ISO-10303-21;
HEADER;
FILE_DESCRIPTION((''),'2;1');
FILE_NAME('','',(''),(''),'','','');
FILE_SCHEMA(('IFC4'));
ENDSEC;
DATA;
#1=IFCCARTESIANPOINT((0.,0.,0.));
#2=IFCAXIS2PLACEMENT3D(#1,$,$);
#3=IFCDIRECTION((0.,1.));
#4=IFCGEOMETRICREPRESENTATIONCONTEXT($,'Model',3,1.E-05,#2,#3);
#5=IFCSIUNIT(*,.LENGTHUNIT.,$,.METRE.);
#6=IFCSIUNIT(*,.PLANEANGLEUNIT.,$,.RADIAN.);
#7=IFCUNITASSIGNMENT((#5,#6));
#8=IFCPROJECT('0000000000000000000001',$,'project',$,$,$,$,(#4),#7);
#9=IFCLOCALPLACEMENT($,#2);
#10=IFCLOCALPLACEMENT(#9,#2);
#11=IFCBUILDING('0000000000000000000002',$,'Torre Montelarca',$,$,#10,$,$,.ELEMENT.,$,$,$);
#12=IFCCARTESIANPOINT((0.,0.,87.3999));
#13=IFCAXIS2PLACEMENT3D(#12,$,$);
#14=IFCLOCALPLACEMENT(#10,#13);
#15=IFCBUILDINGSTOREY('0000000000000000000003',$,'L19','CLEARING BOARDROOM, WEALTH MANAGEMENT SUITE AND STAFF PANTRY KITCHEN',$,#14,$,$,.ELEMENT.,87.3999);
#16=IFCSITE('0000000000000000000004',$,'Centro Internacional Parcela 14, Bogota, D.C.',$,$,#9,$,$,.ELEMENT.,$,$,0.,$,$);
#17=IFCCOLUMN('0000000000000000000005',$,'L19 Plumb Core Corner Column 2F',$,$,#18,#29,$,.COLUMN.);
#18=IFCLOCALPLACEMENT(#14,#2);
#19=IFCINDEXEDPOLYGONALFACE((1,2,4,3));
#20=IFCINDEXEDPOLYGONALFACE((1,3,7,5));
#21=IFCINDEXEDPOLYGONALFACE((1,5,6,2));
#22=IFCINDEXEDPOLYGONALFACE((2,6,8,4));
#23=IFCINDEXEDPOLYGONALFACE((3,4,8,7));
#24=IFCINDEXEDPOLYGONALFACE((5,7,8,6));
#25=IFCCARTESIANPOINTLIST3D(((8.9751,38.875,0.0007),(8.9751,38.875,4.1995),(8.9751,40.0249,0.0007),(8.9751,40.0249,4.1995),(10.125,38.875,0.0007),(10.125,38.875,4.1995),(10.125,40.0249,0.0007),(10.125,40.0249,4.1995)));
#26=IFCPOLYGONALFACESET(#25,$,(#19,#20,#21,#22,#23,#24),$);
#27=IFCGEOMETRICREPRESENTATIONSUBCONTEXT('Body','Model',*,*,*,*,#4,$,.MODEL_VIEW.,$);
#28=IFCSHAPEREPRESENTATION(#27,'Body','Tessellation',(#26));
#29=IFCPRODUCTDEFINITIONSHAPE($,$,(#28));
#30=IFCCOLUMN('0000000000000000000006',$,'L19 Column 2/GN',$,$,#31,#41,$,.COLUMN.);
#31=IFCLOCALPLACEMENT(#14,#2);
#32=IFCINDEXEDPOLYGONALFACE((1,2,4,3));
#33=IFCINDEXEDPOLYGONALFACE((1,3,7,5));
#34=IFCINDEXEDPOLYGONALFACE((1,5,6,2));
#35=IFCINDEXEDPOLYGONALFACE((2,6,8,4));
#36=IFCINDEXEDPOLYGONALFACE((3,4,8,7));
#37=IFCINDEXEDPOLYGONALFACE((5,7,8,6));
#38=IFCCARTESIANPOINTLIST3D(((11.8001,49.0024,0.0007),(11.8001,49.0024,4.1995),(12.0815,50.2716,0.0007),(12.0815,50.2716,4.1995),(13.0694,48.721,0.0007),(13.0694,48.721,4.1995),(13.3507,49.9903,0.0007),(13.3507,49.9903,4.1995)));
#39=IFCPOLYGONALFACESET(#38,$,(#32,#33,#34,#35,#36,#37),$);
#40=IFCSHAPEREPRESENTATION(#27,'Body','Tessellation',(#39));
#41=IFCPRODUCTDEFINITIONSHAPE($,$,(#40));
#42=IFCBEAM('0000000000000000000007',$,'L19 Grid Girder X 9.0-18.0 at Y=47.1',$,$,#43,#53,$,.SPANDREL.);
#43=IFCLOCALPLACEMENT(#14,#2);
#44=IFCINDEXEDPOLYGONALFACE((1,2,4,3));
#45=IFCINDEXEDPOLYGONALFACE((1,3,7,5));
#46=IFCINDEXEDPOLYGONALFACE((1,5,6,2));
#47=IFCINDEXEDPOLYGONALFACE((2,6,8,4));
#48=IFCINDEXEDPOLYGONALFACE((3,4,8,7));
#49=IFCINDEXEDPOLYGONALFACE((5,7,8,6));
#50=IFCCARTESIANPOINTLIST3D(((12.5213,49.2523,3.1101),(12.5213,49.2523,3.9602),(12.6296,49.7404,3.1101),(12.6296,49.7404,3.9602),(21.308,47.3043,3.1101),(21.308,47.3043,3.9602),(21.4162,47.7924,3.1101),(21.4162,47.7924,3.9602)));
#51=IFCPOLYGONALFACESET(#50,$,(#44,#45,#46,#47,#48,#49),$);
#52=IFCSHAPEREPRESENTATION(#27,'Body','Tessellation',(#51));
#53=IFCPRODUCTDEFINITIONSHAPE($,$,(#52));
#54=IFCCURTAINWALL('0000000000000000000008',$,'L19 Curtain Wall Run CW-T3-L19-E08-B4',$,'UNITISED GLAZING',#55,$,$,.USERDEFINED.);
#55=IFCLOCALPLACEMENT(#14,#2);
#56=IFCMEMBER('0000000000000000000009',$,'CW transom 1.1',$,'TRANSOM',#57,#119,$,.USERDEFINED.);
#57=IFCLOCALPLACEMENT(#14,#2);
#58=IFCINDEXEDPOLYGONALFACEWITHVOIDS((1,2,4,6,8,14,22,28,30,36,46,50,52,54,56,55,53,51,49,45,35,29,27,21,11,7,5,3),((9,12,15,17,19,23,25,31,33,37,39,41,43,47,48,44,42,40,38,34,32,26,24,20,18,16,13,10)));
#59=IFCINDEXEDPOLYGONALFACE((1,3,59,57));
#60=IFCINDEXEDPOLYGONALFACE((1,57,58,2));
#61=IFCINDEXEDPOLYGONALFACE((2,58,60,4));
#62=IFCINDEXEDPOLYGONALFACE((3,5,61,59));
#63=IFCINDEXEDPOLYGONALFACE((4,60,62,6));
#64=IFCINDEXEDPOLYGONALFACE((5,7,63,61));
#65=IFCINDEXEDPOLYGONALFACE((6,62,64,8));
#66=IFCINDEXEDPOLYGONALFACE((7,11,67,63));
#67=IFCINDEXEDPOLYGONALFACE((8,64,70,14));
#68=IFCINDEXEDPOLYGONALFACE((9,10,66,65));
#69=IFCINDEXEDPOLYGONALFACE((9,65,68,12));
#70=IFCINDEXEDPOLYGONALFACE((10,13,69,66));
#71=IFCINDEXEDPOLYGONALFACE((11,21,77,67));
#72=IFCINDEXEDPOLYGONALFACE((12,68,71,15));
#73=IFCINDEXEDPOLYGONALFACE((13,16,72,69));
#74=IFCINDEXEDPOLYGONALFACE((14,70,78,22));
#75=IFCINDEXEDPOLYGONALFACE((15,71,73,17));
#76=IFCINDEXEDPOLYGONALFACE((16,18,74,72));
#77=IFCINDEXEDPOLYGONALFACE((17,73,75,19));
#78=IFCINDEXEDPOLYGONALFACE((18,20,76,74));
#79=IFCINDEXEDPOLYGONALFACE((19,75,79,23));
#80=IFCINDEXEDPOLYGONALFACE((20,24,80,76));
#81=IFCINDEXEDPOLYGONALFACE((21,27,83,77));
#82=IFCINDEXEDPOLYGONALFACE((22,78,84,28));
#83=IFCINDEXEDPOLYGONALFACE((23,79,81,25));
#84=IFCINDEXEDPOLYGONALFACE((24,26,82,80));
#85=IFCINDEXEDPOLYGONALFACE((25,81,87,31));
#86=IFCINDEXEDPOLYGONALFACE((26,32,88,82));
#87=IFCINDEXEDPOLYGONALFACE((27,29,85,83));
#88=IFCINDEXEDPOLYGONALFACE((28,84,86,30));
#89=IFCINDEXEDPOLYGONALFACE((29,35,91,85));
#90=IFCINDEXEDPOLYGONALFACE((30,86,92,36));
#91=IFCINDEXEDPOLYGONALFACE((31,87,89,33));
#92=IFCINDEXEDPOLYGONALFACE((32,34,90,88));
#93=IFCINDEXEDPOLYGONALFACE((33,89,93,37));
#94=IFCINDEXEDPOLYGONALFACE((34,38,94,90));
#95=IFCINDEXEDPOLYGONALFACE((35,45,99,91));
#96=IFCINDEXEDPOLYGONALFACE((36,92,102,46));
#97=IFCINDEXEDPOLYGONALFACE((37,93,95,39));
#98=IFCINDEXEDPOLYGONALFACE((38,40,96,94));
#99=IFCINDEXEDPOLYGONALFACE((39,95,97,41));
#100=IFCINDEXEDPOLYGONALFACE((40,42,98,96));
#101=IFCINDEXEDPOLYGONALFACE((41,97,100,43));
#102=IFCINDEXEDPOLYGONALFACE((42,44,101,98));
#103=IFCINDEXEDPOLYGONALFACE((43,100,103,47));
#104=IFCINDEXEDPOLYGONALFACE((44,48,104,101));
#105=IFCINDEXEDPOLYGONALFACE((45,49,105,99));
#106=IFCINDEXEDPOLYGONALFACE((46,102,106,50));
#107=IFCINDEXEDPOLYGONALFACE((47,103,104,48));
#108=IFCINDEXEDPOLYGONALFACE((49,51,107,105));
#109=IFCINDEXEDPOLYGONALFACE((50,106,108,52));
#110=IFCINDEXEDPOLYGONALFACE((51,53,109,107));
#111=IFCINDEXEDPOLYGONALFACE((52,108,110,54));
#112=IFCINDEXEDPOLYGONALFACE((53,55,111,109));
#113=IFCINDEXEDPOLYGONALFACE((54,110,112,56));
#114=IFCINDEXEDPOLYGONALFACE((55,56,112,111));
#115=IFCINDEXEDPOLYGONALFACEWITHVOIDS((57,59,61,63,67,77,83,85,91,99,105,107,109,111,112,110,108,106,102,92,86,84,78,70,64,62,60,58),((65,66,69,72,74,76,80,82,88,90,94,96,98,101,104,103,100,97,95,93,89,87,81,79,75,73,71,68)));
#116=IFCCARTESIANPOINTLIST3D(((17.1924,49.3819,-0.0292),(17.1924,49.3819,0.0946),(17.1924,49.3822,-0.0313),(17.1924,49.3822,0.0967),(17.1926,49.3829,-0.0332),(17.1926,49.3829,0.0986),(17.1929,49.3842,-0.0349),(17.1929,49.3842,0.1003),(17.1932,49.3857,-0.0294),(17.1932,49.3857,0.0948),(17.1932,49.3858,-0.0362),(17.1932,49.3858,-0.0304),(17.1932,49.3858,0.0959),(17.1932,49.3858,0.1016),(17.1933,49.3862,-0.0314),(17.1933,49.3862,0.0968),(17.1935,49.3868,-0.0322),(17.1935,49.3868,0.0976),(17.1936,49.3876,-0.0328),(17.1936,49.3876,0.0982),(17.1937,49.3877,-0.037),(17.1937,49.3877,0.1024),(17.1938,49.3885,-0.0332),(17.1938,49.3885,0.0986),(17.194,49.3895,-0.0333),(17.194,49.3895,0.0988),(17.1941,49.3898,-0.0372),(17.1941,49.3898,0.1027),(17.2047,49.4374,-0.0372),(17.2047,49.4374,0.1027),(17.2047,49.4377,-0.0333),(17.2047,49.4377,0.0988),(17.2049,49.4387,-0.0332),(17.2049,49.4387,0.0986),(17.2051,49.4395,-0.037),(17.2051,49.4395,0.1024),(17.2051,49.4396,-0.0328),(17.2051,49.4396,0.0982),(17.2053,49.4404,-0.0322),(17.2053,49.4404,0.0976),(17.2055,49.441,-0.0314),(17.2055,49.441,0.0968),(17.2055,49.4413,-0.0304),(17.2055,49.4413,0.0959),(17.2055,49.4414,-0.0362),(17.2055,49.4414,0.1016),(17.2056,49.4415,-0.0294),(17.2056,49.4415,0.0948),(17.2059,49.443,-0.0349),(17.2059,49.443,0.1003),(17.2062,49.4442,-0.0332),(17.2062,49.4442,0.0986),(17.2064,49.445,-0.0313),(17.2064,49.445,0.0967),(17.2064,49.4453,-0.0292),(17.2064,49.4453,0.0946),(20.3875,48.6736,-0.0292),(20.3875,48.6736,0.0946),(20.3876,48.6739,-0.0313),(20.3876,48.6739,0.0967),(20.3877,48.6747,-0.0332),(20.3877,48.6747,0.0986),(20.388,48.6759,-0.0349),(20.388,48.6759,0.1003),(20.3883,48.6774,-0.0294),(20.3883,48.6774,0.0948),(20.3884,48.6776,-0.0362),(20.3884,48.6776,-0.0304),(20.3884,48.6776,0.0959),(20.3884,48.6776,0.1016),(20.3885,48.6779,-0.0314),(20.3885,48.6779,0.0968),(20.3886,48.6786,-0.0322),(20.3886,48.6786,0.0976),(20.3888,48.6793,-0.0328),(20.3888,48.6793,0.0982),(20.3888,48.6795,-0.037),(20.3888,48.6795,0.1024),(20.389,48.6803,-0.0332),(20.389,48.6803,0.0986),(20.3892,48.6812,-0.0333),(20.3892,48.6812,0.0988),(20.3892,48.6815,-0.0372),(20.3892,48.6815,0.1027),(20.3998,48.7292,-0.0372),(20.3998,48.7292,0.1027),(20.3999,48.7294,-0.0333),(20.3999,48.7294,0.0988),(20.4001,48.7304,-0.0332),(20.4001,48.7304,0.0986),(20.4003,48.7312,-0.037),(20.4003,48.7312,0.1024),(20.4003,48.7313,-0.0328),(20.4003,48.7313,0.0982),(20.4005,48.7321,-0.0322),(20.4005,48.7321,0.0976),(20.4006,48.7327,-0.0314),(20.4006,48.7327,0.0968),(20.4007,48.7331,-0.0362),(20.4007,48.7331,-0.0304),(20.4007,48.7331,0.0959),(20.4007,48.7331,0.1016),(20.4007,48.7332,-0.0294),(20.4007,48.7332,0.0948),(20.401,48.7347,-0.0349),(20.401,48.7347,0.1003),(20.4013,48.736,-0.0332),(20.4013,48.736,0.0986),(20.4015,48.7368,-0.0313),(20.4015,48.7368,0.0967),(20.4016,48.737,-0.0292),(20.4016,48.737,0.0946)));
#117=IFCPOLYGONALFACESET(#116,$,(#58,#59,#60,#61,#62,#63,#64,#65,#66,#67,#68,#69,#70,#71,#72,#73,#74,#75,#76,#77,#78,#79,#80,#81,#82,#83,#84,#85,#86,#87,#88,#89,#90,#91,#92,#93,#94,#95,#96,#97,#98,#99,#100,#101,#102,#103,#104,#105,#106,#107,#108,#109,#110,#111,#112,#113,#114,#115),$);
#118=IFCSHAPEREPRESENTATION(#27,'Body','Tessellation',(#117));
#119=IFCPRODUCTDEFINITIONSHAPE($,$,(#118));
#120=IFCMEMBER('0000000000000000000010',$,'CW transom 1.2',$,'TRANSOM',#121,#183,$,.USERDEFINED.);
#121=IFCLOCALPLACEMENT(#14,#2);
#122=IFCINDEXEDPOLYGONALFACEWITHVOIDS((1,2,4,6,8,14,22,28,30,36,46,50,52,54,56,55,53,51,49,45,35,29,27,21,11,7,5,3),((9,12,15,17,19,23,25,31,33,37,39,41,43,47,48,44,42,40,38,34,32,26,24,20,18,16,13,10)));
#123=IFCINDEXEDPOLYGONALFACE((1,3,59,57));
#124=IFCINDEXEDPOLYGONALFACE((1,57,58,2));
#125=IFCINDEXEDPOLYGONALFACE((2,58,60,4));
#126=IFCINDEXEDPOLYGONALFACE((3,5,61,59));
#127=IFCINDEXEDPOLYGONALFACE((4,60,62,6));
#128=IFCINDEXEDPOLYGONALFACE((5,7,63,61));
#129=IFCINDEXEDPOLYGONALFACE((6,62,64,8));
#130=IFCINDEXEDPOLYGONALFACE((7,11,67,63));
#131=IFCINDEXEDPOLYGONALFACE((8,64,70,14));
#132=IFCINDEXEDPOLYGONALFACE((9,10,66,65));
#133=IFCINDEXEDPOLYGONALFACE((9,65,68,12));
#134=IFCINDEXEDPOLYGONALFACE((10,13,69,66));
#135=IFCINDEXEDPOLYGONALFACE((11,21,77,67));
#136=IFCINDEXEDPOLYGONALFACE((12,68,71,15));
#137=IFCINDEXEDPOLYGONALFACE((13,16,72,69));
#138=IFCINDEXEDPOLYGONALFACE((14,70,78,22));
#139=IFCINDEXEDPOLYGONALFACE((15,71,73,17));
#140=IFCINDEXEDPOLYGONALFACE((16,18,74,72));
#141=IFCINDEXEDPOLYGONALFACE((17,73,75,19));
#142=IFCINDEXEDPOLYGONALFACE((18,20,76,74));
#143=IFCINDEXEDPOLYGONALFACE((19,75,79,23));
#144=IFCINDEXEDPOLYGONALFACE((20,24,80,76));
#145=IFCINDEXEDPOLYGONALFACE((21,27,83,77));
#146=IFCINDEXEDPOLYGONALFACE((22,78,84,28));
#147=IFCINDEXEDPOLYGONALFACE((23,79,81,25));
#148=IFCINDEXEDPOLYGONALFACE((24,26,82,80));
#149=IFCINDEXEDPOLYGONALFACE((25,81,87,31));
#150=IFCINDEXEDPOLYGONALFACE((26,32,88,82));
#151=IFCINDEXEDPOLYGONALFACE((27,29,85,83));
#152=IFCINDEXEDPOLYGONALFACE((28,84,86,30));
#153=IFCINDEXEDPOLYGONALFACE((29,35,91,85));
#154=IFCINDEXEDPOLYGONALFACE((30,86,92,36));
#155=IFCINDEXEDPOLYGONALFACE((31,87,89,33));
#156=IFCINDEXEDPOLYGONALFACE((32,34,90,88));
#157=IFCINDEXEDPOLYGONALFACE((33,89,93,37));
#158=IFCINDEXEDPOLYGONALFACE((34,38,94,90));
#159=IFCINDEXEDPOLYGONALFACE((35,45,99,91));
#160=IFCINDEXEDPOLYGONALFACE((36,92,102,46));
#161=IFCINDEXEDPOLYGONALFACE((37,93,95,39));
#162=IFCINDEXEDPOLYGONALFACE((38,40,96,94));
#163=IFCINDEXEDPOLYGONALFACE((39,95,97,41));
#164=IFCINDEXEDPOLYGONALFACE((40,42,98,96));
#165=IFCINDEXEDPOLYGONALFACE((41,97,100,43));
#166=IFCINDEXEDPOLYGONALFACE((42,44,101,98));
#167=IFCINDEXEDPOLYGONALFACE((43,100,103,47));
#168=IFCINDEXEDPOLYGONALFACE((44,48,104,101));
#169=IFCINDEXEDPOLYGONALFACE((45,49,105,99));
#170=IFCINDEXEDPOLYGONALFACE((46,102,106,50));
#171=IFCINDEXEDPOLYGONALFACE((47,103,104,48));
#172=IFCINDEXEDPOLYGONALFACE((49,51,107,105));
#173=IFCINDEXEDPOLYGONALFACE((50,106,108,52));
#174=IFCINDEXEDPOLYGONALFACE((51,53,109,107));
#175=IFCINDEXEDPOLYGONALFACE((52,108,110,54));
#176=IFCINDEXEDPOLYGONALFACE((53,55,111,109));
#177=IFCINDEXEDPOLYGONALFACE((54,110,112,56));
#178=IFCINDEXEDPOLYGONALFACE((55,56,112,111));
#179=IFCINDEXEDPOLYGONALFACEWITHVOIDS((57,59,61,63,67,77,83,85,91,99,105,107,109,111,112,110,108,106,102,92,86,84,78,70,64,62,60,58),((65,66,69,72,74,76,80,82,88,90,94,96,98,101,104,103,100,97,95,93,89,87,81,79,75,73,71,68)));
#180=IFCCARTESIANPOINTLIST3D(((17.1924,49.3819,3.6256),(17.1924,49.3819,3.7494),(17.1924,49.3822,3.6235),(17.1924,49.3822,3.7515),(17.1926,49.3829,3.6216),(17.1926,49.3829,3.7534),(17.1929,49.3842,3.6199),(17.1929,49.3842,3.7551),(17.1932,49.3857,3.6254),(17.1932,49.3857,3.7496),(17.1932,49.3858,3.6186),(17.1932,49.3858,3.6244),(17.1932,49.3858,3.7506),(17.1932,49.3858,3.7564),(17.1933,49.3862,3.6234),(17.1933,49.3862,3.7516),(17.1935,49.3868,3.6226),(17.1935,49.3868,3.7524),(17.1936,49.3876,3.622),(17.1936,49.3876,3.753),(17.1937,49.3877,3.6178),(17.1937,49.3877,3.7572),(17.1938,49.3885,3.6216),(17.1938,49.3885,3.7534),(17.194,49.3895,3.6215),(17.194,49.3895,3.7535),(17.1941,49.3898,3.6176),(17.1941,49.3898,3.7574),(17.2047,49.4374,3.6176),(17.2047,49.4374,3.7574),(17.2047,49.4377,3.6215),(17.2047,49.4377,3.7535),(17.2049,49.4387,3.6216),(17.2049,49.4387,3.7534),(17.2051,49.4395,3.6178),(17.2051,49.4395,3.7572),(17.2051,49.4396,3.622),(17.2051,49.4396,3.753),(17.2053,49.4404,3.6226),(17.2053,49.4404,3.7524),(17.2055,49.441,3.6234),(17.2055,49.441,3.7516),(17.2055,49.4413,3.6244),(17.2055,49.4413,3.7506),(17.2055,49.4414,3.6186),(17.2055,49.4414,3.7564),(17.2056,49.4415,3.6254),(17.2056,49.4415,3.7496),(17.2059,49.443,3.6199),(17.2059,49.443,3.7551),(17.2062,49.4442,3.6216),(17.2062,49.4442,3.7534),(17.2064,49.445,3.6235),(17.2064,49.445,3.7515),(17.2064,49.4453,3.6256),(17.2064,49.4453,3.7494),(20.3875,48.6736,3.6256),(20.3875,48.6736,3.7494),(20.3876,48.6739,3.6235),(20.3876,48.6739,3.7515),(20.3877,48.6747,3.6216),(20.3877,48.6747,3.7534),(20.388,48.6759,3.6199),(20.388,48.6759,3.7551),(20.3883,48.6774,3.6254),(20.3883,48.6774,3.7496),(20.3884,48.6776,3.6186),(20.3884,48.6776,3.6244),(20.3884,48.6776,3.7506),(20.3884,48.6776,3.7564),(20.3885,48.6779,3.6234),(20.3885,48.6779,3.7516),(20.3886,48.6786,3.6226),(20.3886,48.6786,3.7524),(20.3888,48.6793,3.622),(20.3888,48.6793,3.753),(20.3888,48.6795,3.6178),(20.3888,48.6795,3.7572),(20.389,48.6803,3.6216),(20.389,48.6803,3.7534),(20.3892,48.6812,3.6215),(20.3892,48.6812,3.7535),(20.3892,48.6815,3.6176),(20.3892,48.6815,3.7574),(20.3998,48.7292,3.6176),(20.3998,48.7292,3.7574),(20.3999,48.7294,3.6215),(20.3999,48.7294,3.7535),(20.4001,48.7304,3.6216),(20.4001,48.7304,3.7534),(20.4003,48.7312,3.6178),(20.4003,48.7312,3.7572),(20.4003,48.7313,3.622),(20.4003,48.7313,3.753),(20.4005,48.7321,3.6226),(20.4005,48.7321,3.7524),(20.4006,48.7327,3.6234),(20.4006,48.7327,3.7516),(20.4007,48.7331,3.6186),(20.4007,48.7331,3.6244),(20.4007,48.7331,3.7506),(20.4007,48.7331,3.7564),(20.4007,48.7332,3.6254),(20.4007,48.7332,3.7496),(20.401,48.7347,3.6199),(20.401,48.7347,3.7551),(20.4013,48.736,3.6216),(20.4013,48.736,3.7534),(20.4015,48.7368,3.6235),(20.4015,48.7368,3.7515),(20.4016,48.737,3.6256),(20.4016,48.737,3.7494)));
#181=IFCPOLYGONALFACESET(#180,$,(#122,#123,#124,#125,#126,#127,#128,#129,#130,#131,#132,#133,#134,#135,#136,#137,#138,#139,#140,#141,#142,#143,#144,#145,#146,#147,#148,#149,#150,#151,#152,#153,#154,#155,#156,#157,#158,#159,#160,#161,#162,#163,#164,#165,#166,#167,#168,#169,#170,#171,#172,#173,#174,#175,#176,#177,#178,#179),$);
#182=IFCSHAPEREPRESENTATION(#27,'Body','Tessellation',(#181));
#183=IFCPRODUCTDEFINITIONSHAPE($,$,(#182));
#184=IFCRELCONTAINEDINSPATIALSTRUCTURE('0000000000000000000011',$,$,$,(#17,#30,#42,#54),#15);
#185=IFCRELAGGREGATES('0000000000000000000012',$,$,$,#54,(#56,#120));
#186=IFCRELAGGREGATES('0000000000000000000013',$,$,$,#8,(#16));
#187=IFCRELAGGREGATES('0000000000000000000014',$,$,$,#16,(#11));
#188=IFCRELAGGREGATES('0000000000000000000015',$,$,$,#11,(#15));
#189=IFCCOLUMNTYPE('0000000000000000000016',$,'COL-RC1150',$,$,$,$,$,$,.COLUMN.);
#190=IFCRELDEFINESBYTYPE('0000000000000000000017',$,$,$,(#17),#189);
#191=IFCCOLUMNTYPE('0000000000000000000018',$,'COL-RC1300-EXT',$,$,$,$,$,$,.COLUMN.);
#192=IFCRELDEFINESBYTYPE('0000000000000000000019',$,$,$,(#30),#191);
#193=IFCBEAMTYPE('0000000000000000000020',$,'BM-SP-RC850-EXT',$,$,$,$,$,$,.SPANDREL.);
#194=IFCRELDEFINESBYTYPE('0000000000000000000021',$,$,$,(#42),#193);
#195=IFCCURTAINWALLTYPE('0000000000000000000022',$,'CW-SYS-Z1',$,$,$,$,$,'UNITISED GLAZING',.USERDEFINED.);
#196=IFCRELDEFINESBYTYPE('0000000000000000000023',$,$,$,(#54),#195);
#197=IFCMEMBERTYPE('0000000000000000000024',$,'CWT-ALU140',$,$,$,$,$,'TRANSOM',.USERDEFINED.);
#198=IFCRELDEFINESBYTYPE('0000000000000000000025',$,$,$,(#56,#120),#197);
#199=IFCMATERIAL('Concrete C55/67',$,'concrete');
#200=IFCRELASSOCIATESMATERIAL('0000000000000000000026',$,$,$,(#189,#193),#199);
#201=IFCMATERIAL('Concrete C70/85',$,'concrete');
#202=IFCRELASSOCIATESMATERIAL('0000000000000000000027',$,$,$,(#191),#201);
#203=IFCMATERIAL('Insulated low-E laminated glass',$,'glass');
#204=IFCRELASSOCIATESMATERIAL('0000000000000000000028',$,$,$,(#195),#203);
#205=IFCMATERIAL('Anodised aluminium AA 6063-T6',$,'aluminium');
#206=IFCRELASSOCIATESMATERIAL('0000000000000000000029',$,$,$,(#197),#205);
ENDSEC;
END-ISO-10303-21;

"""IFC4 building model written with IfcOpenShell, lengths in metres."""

from ifc_helpers import new_model, si_unit, direction, frame, origin, origin_2d, place, context, subcontext, project, spatial, rectangle, hollow_rectangle, extrude, source, transform, mapped, material, material_profile, profile_set, type_object, element, aggregate, save


model = new_model("IFC4")

# Units and contexts
model_context = context("Model", 3, precision=1e-05, world=origin(), true_north=direction((0.0, 1.0)))
body_context = subcontext(model_context, "Body", "Model", "MODEL_VIEW")
ifc_project = project(units=[si_unit("LENGTHUNIT", "METRE"), si_unit("PLANEANGLEUNIT", "RADIAN")], contexts=[model_context])

# Site, building, storey
site_placement = place(None, origin())
site = spatial("IfcSite", under=ifc_project, at=site_placement, Name="Centro Internacional Parcela 14, Bogota, D.C.", CompositionType="ELEMENT", RefElevation=0.0)
building_placement = place(site_placement, origin())
building = spatial("IfcBuilding", under=site, at=building_placement, Name="Torre Montelarca", CompositionType="ELEMENT")
storey_placement = place(building_placement, frame((0.0, 0.0, 87.3999)))
storey = spatial("IfcBuildingStorey", under=building, at=storey_placement, Name="L19", Description="CLEARING BOARDROOM, WEALTH MANAGEMENT SUITE AND STAFF PANTRY KITCHEN", CompositionType="ELEMENT", Elevation=87.3999)

# Columns
ifc_material_1 = material(Name="Concrete C55/67", Category="concrete")
ifc_material_profile_1 = material_profile(ifc_material_1, rectangle(XDim=1.1499, YDim=1.1499, at=origin_2d()), Name="RC1150X1150", Category="concrete")
ifc_profile_set_1 = profile_set([ifc_material_profile_1], Name="Concrete C55/67")
column_type_1 = type_object("IfcColumnType", Name="COL-RC1150", PredefinedType="COLUMN", material=ifc_profile_set_1)
shared_shape_1 = source(origin(), body_context, "Body", "SweptSolid", [
    extrude(rectangle(XDim=1.1499, YDim=1.1499, at=origin_2d()), origin(), (0.0, 0.0, 1.0), 4.1987),
])
column_1_placement = place(storey_placement, frame((9.55, 39.45, 0.0007), z_axis=(0.0, 0.0, 1.0), x_axis=(1.0, 0.0, 0.0)))
element("IfcColumn", 1, at=column_1_placement, inside=storey, type_object=column_type_1, Name="L19 Plumb Core Corner Column 2F", PredefinedType="COLUMN", context=body_context, shape_type="MappedRepresentation", body=[
    mapped(shared_shape_1, transform((0.0, 0.0, 0.0), scale=1.0)),
])
ifc_material_2 = material(Name="Concrete C70/85", Category="concrete")
ifc_material_profile_2 = material_profile(ifc_material_2, rectangle(XDim=1.3, YDim=1.3, at=origin_2d()), Name="RC1300X1300", Category="concrete")
ifc_profile_set_2 = profile_set([ifc_material_profile_2], Name="Concrete C70/85")
column_type_2 = type_object("IfcColumnType", Name="COL-RC1300-EXT", PredefinedType="COLUMN", material=ifc_profile_set_2)
shared_shape_2 = source(origin(), body_context, "Body", "SweptSolid", [
    extrude(rectangle(XDim=1.3, YDim=1.3, at=origin_2d()), origin(), (0.0, 0.0, 1.0), 4.1987),
])
column_2_placement = place(storey_placement, frame((12.5754, 49.4963, 0.0007), z_axis=(0.0, 0.0, 1.0), x_axis=(-0.976296, 0.21644, 0.0)))
element("IfcColumn", 2, at=column_2_placement, inside=storey, type_object=column_type_2, Name="L19 Column 2/GN", PredefinedType="COLUMN", context=body_context, shape_type="MappedRepresentation", body=[
    mapped(shared_shape_2, transform((0.0, 0.0, 0.0), scale=1.0)),
])

# Beam
ifc_material_profile_3 = material_profile(ifc_material_1, rectangle(XDim=0.5, YDim=0.8501, at=origin_2d()), Name="RCB500X850", Category="concrete")
ifc_profile_set_3 = profile_set([ifc_material_profile_3], Name="Concrete C55/67")
beam_type = type_object("IfcBeamType", Name="BM-SP-RC850-EXT", PredefinedType="SPANDREL", material=ifc_profile_set_3)
shared_shape_3 = source(origin(), body_context, "Body", "SweptSolid", [
    extrude(rectangle(XDim=0.5, YDim=0.8501, at=origin_2d()), origin(), (0.0, 0.0, 1.0), 9.0),
])
beam_placement = place(storey_placement, frame((12.5754, 49.4963, 3.5352), z_axis=(0.976295, -0.216445, 0.0), x_axis=(0.216445, 0.976295, 0.0)))
element("IfcBeam", 3, at=beam_placement, inside=storey, type_object=beam_type, Name="L19 Grid Girder X 9.0-18.0 at Y=47.1", PredefinedType="SPANDREL", context=body_context, shape_type="MappedRepresentation", body=[
    mapped(shared_shape_3, transform((0.0, 0.0, 0.0), scale=1.0)),
])

# Curtain wall, members
ifc_material_3 = material(Name="Insulated low-E laminated glass", Category="glass")
curtain_wall_type = type_object("IfcCurtainWallType", Name="CW-SYS-Z1", ElementType="UNITISED GLAZING", PredefinedType="USERDEFINED", material=ifc_material_3)
curtain_wall_1_placement = place(storey_placement, origin())
curtain_wall_1 = element("IfcCurtainWall", 4, at=curtain_wall_1_placement, inside=storey, type_object=curtain_wall_type, Name="L19 Curtain Wall Run CW-T3-L19-E08-B4", ObjectType="UNITISED GLAZING", PredefinedType="USERDEFINED")
ifc_material_4 = material(Name="Anodised aluminium AA 6063-T6", Category="aluminium")
ifc_material_profile_4 = material_profile(ifc_material_4, hollow_rectangle(XDim=0.0649, YDim=0.1399, WallThickness=0.0039, InnerFilletRadius=0.0039, OuterFilletRadius=0.0081, at=origin_2d()), Name="ALU65X140X4", Category="aluminium")
ifc_profile_set_4 = profile_set([ifc_material_profile_4], Name="Anodised aluminium AA 6063-T6")
member_type_1 = type_object("IfcMemberType", Name="CWT-ALU140", ElementType="TRANSOM", PredefinedType="USERDEFINED", material=ifc_profile_set_4)
shared_shape_4 = source(origin(), body_context, "Body", "SweptSolid", [
    extrude(hollow_rectangle(XDim=0.0649, YDim=0.1399, WallThickness=0.0039, InnerFilletRadius=0.0039, OuterFilletRadius=0.0081, at=origin_2d()), origin(), (0.0, 0.0, 1.0), 3.2727),
])
member_1_placement = place(storey_placement, frame((20.3945, 48.7053, 0.0327), z_axis=(-0.976301, 0.216417, 0.0), x_axis=(-0.216417, -0.976301, 0.0)))
member_1 = element("IfcMember", 5, at=member_1_placement, type_object=member_type_1, Name="CW transom 1.1", ObjectType="TRANSOM", PredefinedType="USERDEFINED", context=body_context, shape_type="MappedRepresentation", body=[
    mapped(shared_shape_4, transform((0.0, 0.0, 0.0), scale=1.0)),
])
member_2_placement = place(storey_placement, frame((20.3945, 48.7053, 3.6875), z_axis=(-0.976301, 0.216417, 0.0), x_axis=(-0.216417, -0.976301, 0.0)))
member_2 = element("IfcMember", 6, at=member_2_placement, type_object=member_type_1, Name="CW transom 1.2", ObjectType="TRANSOM", PredefinedType="USERDEFINED", context=body_context, shape_type="MappedRepresentation", body=[
    mapped(shared_shape_4, transform((0.0, 0.0, 0.0), scale=1.0)),
])

aggregate(curtain_wall_1, [member_1, member_2])

save(model, "model.ifc")
